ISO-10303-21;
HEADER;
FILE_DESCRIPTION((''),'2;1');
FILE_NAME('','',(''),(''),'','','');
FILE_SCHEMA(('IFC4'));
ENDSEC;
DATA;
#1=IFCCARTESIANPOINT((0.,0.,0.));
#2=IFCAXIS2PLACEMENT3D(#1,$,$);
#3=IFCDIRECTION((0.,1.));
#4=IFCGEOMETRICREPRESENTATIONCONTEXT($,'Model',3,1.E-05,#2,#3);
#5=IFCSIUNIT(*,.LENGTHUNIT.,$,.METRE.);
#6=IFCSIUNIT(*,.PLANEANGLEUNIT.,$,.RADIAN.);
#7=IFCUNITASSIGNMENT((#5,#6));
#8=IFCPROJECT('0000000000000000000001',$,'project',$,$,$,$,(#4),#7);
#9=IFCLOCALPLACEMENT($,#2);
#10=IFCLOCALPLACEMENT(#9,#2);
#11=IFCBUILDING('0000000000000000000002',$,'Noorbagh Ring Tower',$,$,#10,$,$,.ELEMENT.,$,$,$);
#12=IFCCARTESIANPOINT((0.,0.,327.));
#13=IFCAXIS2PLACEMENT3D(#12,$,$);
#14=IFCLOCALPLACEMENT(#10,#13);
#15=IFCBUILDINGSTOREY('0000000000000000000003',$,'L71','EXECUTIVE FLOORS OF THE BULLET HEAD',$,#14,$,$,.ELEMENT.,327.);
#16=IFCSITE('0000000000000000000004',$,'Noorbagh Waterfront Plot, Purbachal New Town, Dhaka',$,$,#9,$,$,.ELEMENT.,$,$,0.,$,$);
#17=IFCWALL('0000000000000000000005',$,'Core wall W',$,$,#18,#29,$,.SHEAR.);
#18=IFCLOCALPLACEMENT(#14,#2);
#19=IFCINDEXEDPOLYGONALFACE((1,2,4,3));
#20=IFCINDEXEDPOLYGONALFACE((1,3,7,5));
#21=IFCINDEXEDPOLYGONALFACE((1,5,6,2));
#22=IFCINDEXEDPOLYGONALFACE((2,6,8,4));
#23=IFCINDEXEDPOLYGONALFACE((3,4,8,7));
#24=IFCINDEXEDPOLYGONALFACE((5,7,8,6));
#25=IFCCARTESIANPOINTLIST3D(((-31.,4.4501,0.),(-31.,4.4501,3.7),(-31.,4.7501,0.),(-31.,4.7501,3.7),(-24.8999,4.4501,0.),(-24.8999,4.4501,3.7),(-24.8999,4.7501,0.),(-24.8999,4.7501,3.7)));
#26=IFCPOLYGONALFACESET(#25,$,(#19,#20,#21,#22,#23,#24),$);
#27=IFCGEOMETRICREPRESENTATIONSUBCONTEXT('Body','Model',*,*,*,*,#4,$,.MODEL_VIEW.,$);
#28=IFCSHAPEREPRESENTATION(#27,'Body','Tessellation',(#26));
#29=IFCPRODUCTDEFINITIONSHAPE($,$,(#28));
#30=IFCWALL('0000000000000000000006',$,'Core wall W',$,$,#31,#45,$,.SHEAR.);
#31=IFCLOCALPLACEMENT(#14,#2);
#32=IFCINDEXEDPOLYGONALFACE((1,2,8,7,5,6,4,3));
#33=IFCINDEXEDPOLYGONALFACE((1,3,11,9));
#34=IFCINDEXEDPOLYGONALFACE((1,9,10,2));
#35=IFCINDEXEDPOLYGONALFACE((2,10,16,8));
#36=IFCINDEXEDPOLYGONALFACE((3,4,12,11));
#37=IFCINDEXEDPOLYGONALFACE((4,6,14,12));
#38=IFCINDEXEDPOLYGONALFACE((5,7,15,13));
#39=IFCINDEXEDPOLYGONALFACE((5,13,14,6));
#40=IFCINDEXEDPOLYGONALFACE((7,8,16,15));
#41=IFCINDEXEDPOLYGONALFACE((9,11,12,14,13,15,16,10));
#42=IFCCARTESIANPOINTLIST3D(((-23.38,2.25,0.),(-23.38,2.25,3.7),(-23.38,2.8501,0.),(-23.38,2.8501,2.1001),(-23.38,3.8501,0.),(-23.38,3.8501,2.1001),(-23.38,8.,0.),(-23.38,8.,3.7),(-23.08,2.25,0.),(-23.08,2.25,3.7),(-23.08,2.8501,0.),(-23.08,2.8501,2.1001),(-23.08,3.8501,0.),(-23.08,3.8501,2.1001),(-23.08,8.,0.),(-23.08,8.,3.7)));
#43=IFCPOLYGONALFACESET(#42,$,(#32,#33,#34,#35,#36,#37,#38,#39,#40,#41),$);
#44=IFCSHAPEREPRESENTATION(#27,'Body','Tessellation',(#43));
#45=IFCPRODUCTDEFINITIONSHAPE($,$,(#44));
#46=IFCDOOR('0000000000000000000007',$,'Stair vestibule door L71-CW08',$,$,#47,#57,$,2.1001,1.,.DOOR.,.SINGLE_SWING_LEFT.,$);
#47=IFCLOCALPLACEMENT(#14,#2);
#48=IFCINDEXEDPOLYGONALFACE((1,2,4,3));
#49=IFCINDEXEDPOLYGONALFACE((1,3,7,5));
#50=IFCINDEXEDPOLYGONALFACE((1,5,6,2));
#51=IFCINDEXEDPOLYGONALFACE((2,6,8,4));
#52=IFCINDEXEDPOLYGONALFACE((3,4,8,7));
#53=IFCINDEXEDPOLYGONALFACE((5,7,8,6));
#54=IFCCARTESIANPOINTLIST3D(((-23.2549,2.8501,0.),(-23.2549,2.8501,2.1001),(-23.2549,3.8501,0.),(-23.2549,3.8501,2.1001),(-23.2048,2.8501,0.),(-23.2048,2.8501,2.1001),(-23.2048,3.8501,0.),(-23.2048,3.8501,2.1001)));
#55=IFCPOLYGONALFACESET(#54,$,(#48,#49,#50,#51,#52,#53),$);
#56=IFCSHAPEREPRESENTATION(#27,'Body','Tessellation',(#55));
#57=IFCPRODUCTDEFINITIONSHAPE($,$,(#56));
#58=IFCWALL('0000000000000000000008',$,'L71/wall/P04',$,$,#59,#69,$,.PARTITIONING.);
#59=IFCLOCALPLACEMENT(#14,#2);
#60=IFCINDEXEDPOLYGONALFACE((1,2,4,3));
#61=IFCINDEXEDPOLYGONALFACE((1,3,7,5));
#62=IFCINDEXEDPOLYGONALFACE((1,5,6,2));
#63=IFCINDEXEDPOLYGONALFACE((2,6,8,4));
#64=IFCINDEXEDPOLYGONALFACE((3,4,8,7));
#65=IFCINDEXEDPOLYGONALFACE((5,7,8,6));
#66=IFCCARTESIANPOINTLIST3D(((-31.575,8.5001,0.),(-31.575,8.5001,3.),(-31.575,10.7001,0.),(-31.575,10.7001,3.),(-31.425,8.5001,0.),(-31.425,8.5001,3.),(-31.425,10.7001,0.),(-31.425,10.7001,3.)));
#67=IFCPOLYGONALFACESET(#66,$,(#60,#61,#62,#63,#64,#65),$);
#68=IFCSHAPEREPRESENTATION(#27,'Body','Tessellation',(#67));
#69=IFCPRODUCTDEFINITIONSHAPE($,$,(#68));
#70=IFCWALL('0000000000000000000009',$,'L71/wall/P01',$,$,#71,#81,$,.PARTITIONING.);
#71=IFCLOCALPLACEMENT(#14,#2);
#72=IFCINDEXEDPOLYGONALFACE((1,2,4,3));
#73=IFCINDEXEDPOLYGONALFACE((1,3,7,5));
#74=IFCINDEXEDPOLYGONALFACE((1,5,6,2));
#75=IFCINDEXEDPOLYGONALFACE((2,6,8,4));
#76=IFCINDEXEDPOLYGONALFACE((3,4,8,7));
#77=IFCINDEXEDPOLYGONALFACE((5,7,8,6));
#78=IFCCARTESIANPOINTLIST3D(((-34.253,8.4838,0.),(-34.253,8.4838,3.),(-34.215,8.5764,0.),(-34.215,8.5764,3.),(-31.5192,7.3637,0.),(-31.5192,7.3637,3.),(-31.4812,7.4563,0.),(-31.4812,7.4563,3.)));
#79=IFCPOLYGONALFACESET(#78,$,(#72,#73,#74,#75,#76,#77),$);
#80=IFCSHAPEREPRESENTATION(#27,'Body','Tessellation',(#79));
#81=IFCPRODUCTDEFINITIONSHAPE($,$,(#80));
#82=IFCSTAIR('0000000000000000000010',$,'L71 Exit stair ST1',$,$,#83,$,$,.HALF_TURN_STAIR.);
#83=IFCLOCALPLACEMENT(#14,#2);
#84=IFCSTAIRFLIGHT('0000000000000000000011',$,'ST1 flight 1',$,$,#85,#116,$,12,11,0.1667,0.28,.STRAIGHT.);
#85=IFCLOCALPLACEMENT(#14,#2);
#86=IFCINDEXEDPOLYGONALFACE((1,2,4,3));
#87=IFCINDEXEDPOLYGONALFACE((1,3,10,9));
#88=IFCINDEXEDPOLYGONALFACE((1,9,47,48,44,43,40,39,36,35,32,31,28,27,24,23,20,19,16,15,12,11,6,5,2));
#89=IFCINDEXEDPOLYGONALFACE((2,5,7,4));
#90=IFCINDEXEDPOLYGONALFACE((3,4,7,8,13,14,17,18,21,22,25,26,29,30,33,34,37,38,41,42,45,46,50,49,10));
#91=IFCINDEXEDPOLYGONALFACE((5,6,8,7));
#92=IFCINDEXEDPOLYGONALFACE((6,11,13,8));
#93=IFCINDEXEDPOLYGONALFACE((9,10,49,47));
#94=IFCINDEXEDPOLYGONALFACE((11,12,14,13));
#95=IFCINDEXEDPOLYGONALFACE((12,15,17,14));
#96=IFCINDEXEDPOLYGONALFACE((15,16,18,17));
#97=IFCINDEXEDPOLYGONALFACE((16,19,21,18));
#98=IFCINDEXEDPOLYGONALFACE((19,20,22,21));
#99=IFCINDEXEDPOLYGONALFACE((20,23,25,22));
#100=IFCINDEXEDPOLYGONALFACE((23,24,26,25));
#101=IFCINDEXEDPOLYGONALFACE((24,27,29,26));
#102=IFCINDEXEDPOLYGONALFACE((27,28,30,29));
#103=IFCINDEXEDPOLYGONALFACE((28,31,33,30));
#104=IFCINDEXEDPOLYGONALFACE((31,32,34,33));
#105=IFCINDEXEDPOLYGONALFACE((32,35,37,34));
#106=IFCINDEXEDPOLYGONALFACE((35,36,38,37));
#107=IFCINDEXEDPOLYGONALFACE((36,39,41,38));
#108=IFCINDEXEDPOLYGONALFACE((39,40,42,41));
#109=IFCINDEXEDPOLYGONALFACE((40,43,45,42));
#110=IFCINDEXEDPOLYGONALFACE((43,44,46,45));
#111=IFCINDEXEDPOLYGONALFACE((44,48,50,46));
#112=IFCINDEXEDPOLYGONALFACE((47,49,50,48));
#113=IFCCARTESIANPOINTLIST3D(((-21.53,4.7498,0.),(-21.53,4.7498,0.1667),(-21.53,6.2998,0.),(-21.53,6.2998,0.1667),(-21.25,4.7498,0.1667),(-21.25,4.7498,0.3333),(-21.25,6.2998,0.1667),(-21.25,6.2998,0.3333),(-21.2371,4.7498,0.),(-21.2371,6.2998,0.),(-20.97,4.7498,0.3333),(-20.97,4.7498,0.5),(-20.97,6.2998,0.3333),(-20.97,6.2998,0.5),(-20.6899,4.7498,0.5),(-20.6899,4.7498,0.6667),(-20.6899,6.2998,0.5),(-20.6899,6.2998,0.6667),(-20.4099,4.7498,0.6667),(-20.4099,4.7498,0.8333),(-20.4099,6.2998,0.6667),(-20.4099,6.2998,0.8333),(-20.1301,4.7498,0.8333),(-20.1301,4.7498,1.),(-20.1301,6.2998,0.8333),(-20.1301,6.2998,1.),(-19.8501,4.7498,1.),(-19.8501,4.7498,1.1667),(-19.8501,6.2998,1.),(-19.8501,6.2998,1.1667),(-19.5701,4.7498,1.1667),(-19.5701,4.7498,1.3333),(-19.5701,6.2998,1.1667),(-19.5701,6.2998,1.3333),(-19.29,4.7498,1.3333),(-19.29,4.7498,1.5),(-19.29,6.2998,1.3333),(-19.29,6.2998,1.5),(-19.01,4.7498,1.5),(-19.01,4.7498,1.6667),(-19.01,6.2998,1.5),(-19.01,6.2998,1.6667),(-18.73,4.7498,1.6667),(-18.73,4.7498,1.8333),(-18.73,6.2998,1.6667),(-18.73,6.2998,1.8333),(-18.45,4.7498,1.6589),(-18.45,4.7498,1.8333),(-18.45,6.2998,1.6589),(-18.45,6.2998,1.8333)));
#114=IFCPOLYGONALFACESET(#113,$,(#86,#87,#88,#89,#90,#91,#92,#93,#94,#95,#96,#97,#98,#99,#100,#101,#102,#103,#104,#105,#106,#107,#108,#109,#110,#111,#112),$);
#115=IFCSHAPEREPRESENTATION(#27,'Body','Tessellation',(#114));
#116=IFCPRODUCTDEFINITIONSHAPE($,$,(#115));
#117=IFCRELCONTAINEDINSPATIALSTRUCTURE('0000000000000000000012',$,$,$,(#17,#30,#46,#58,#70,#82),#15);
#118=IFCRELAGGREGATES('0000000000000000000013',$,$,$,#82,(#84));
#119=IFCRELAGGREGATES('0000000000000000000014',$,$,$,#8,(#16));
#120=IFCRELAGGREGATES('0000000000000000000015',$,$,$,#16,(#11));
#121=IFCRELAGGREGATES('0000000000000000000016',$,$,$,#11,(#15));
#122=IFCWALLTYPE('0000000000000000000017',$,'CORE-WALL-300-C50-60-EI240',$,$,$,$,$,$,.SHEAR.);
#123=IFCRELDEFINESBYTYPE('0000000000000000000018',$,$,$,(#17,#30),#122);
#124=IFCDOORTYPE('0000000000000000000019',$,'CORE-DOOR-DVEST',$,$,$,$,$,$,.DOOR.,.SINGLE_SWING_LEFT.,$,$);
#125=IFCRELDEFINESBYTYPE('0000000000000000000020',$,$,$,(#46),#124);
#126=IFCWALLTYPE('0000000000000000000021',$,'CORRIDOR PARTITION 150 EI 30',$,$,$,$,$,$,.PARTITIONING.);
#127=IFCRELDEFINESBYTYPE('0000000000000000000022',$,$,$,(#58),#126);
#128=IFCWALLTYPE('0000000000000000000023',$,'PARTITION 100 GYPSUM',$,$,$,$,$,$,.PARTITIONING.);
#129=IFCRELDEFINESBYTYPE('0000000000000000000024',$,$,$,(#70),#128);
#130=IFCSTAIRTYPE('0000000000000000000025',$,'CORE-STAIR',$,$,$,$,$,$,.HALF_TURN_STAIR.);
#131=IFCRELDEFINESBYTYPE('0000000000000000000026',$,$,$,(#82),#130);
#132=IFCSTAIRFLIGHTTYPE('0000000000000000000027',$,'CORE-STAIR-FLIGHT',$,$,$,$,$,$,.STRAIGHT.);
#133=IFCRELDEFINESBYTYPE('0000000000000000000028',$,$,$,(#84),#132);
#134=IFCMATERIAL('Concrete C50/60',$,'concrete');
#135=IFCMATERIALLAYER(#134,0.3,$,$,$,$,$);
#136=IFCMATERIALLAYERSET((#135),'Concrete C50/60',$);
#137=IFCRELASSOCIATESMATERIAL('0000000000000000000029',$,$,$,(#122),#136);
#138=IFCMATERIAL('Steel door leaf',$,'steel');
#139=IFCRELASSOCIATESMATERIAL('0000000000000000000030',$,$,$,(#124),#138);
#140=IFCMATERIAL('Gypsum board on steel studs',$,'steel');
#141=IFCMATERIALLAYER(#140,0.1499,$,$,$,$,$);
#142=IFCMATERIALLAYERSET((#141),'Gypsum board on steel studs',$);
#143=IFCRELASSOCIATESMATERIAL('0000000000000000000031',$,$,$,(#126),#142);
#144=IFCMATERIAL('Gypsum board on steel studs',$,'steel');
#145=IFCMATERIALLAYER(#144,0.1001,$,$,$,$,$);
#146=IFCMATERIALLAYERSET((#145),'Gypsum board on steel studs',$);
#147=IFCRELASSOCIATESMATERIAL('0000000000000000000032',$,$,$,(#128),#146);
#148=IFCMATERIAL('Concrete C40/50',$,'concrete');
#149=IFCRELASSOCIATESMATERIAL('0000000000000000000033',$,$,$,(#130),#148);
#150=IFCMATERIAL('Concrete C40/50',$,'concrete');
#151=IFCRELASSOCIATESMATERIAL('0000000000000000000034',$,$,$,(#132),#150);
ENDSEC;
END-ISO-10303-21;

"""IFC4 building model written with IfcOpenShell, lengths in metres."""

from ifc_helpers import new_model, si_unit, direction, frame, frame_2d, origin, place, context, subcontext, project, spatial, polyline, rectangle, outline, extrude, material, layer, layer_set, type_object, element, fill, aggregate, save


model = new_model("IFC4")

# Units and contexts
model_context = context("Model", 3, precision=1e-05, world=origin(), true_north=direction((0.0, 1.0)))
body_context = subcontext(model_context, "Body", "Model", "MODEL_VIEW")
ifc_project = project(units=[si_unit("LENGTHUNIT", "METRE"), si_unit("PLANEANGLEUNIT", "RADIAN")], contexts=[model_context])

# Site, building, storey
site_placement = place(None, origin())
site = spatial("IfcSite", under=ifc_project, at=site_placement, Name="Noorbagh Waterfront Plot, Purbachal New Town, Dhaka", CompositionType="ELEMENT", RefElevation=0.0)
building_placement = place(site_placement, origin())
building = spatial("IfcBuilding", under=site, at=building_placement, Name="Noorbagh Ring Tower", CompositionType="ELEMENT")
storey_placement = place(building_placement, frame((0.0, 0.0, 327.0)))
storey = spatial("IfcBuildingStorey", under=building, at=storey_placement, Name="L71", Description="EXECUTIVE FLOORS OF THE BULLET HEAD", CompositionType="ELEMENT", Elevation=327.0)

# Wall
ifc_material_1 = material(Name="Concrete C50/60", Category="concrete")
ifc_layer_1 = layer(ifc_material_1, 0.3)
ifc_layer_set_1 = layer_set([ifc_layer_1], Name="Concrete C50/60")
wall_type_1 = type_object("IfcWallType", Name="CORE-WALL-300-C50-60-EI240", PredefinedType="SHEAR", material=ifc_layer_set_1)
wall_1_placement = place(storey_placement, frame((-24.8999, 4.6001, 0.0), z_axis=(0.0, 0.0, 1.0), x_axis=(-1.0, 0.0, 0.0)))
element("IfcWall", 1, at=wall_1_placement, inside=storey, type_object=wall_type_1, Name="Core wall W", PredefinedType="SHEAR", context=body_context, shape_type="SweptSolid", body=[
    extrude(rectangle(XDim=6.1001, YDim=0.3, at=frame_2d((3.05, 0.0))), origin(), (0.0, 0.0, 1.0), 3.7),
])

# Wall, opening, door
wall_2_placement = place(storey_placement, frame((-23.23, 2.25, 0.0), z_axis=(0.0, 0.0, 1.0), x_axis=(0.0, 1.0, 0.0)))
wall_2 = element("IfcWall", 2, at=wall_2_placement, inside=storey, type_object=wall_type_1, Name="Core wall W", PredefinedType="SHEAR", context=body_context, shape_type="SweptSolid", body=[
    extrude(rectangle(XDim=5.75, YDim=0.3, at=frame_2d((2.875, 0.0))), origin(), (0.0, 0.0, 1.0), 3.7),
])
opening_placement = place(wall_2_placement, frame((0.6001, 0.0, 0.0)))
opening = element("IfcOpeningElement", 3, at=opening_placement, cuts=wall_2, PredefinedType="OPENING", context=body_context, shape_type="SweptSolid", body=[
    extrude(rectangle(XDim=1.0, YDim=2.1001, at=frame_2d((0.5, 1.05))), frame((0.0, 0.1602, 0.0), z_axis=(0.0, -1.0, 0.0), x_axis=(1.0, 0.0, 0.0)), (0.0, 0.0, 1.0), 0.3201),
])
ifc_material_2 = material(Name="Steel door leaf", Category="steel")
door_type = type_object("IfcDoorType", Name="CORE-DOOR-DVEST", OperationType="SINGLE_SWING_LEFT", PredefinedType="DOOR", material=ifc_material_2)
door_placement = place(opening_placement, origin())
door = element("IfcDoor", 4, at=door_placement, inside=storey, type_object=door_type, Name="Stair vestibule door L71-CW08", OperationType="SINGLE_SWING_LEFT", OverallHeight=2.1001, OverallWidth=1.0, PredefinedType="DOOR", context=body_context, shape_type="SweptSolid", body=[
    extrude(rectangle(XDim=1.0, YDim=2.1001, at=frame_2d((0.5, 1.05))), frame((0.0, 0.0249, 0.0), z_axis=(0.0, -1.0, 0.0), x_axis=(1.0, 0.0, 0.0)), (0.0, 0.0, 1.0), 0.05),
])
fill(opening, door)

# Walls
ifc_material_3 = material(Name="Gypsum board on steel studs", Category="steel")
ifc_layer_2 = layer(ifc_material_3, 0.1499)
ifc_layer_set_2 = layer_set([ifc_layer_2], Name="Gypsum board on steel studs")
wall_type_2 = type_object("IfcWallType", Name="CORRIDOR PARTITION 150 EI 30", PredefinedType="PARTITIONING", material=ifc_layer_set_2)
wall_3_placement = place(storey_placement, frame((-31.5, 8.5, 0.0), z_axis=(0.0, 0.0, 1.0), x_axis=(0.0, 1.0, 0.0)))
element("IfcWall", 5, at=wall_3_placement, inside=storey, type_object=wall_type_2, Name="L71/wall/P04", PredefinedType="PARTITIONING", context=body_context, shape_type="SweptSolid", body=[
    extrude(rectangle(XDim=2.2, YDim=0.1499, at=frame_2d((1.1001, 0.0))), origin(), (0.0, 0.0, 1.0), 3.0),
])
ifc_material_4 = material(Name="Gypsum board on steel studs", Category="steel")
ifc_layer_3 = layer(ifc_material_4, 0.1001)
ifc_layer_set_3 = layer_set([ifc_layer_3], Name="Gypsum board on steel studs")
wall_type_3 = type_object("IfcWallType", Name="PARTITION 100 GYPSUM", PredefinedType="PARTITIONING", material=ifc_layer_set_3)
wall_4_placement = place(storey_placement, frame((-34.2339, 8.53, 0.0), z_axis=(0.0, 0.0, 1.0), x_axis=(0.925344, -0.379128, 0.0)))
element("IfcWall", 6, at=wall_4_placement, inside=storey, type_object=wall_type_3, Name="L71/wall/P01", PredefinedType="PARTITIONING", context=body_context, shape_type="SweptSolid", body=[
    extrude(rectangle(XDim=2.9543, YDim=0.1001, at=frame_2d((1.4771, 0.0))), origin(), (0.0, 0.0, 1.0), 3.0),
])

# Stair, stair flight
ifc_material_5 = material(Name="Concrete C40/50", Category="concrete")
stair_type = type_object("IfcStairType", Name="CORE-STAIR", PredefinedType="HALF_TURN_STAIR", material=ifc_material_5)
stair_placement = place(storey_placement, origin())
stair = element("IfcStair", 7, at=stair_placement, inside=storey, type_object=stair_type, Name="L71 Exit stair ST1", PredefinedType="HALF_TURN_STAIR")
ifc_material_6 = material(Name="Concrete C40/50", Category="concrete")
stair_flight_type = type_object("IfcStairFlightType", Name="CORE-STAIR-FLIGHT", PredefinedType="STRAIGHT", material=ifc_material_6)
stair_flight_placement = place(storey_placement, frame((-21.53, 5.5249, 0.0), z_axis=(0.0, 0.0, 1.0), x_axis=(1.0, 0.0, 0.0)))
stair_flight = element("IfcStairFlight", 8, at=stair_flight_placement, type_object=stair_flight_type, Name="ST1 flight 1", NumberOfRisers=12, NumberOfTreads=11, PredefinedType="STRAIGHT", RiserHeight=0.1667, TreadLength=0.28, context=body_context, shape_type="SweptSolid", body=[
    extrude(outline(polyline([(0.0, 0.0), (0.0, 0.1667), (0.28, 0.1667), (0.28, 0.3333), (0.5601, 0.3333), (0.5601, 0.5), (0.8401, 0.5), (0.8401, 0.6667), (1.1201, 0.6667), (1.1201, 0.8333), (1.3999, 0.8333), (1.3999, 1.0), (1.6799, 1.0), (1.6799, 1.1667), (1.96, 1.1667), (1.96, 1.3333), (2.24, 1.3333), (2.24, 1.5), (2.52, 1.5), (2.52, 1.6667), (2.8, 1.6667), (2.8, 1.8333), (3.0801, 1.8333), (3.0801, 2.0), (3.0801, 1.6589), (0.293, 0.0), (0.0, 0.0)])), frame((0.0, 0.7749, 0.0), z_axis=(0.0, -1.0, 0.0), x_axis=(1.0, 0.0, 0.0)), (0.0, 0.0, 1.0), 1.55),
])
aggregate(stair, [stair_flight])

save(model, "model.ifc")
